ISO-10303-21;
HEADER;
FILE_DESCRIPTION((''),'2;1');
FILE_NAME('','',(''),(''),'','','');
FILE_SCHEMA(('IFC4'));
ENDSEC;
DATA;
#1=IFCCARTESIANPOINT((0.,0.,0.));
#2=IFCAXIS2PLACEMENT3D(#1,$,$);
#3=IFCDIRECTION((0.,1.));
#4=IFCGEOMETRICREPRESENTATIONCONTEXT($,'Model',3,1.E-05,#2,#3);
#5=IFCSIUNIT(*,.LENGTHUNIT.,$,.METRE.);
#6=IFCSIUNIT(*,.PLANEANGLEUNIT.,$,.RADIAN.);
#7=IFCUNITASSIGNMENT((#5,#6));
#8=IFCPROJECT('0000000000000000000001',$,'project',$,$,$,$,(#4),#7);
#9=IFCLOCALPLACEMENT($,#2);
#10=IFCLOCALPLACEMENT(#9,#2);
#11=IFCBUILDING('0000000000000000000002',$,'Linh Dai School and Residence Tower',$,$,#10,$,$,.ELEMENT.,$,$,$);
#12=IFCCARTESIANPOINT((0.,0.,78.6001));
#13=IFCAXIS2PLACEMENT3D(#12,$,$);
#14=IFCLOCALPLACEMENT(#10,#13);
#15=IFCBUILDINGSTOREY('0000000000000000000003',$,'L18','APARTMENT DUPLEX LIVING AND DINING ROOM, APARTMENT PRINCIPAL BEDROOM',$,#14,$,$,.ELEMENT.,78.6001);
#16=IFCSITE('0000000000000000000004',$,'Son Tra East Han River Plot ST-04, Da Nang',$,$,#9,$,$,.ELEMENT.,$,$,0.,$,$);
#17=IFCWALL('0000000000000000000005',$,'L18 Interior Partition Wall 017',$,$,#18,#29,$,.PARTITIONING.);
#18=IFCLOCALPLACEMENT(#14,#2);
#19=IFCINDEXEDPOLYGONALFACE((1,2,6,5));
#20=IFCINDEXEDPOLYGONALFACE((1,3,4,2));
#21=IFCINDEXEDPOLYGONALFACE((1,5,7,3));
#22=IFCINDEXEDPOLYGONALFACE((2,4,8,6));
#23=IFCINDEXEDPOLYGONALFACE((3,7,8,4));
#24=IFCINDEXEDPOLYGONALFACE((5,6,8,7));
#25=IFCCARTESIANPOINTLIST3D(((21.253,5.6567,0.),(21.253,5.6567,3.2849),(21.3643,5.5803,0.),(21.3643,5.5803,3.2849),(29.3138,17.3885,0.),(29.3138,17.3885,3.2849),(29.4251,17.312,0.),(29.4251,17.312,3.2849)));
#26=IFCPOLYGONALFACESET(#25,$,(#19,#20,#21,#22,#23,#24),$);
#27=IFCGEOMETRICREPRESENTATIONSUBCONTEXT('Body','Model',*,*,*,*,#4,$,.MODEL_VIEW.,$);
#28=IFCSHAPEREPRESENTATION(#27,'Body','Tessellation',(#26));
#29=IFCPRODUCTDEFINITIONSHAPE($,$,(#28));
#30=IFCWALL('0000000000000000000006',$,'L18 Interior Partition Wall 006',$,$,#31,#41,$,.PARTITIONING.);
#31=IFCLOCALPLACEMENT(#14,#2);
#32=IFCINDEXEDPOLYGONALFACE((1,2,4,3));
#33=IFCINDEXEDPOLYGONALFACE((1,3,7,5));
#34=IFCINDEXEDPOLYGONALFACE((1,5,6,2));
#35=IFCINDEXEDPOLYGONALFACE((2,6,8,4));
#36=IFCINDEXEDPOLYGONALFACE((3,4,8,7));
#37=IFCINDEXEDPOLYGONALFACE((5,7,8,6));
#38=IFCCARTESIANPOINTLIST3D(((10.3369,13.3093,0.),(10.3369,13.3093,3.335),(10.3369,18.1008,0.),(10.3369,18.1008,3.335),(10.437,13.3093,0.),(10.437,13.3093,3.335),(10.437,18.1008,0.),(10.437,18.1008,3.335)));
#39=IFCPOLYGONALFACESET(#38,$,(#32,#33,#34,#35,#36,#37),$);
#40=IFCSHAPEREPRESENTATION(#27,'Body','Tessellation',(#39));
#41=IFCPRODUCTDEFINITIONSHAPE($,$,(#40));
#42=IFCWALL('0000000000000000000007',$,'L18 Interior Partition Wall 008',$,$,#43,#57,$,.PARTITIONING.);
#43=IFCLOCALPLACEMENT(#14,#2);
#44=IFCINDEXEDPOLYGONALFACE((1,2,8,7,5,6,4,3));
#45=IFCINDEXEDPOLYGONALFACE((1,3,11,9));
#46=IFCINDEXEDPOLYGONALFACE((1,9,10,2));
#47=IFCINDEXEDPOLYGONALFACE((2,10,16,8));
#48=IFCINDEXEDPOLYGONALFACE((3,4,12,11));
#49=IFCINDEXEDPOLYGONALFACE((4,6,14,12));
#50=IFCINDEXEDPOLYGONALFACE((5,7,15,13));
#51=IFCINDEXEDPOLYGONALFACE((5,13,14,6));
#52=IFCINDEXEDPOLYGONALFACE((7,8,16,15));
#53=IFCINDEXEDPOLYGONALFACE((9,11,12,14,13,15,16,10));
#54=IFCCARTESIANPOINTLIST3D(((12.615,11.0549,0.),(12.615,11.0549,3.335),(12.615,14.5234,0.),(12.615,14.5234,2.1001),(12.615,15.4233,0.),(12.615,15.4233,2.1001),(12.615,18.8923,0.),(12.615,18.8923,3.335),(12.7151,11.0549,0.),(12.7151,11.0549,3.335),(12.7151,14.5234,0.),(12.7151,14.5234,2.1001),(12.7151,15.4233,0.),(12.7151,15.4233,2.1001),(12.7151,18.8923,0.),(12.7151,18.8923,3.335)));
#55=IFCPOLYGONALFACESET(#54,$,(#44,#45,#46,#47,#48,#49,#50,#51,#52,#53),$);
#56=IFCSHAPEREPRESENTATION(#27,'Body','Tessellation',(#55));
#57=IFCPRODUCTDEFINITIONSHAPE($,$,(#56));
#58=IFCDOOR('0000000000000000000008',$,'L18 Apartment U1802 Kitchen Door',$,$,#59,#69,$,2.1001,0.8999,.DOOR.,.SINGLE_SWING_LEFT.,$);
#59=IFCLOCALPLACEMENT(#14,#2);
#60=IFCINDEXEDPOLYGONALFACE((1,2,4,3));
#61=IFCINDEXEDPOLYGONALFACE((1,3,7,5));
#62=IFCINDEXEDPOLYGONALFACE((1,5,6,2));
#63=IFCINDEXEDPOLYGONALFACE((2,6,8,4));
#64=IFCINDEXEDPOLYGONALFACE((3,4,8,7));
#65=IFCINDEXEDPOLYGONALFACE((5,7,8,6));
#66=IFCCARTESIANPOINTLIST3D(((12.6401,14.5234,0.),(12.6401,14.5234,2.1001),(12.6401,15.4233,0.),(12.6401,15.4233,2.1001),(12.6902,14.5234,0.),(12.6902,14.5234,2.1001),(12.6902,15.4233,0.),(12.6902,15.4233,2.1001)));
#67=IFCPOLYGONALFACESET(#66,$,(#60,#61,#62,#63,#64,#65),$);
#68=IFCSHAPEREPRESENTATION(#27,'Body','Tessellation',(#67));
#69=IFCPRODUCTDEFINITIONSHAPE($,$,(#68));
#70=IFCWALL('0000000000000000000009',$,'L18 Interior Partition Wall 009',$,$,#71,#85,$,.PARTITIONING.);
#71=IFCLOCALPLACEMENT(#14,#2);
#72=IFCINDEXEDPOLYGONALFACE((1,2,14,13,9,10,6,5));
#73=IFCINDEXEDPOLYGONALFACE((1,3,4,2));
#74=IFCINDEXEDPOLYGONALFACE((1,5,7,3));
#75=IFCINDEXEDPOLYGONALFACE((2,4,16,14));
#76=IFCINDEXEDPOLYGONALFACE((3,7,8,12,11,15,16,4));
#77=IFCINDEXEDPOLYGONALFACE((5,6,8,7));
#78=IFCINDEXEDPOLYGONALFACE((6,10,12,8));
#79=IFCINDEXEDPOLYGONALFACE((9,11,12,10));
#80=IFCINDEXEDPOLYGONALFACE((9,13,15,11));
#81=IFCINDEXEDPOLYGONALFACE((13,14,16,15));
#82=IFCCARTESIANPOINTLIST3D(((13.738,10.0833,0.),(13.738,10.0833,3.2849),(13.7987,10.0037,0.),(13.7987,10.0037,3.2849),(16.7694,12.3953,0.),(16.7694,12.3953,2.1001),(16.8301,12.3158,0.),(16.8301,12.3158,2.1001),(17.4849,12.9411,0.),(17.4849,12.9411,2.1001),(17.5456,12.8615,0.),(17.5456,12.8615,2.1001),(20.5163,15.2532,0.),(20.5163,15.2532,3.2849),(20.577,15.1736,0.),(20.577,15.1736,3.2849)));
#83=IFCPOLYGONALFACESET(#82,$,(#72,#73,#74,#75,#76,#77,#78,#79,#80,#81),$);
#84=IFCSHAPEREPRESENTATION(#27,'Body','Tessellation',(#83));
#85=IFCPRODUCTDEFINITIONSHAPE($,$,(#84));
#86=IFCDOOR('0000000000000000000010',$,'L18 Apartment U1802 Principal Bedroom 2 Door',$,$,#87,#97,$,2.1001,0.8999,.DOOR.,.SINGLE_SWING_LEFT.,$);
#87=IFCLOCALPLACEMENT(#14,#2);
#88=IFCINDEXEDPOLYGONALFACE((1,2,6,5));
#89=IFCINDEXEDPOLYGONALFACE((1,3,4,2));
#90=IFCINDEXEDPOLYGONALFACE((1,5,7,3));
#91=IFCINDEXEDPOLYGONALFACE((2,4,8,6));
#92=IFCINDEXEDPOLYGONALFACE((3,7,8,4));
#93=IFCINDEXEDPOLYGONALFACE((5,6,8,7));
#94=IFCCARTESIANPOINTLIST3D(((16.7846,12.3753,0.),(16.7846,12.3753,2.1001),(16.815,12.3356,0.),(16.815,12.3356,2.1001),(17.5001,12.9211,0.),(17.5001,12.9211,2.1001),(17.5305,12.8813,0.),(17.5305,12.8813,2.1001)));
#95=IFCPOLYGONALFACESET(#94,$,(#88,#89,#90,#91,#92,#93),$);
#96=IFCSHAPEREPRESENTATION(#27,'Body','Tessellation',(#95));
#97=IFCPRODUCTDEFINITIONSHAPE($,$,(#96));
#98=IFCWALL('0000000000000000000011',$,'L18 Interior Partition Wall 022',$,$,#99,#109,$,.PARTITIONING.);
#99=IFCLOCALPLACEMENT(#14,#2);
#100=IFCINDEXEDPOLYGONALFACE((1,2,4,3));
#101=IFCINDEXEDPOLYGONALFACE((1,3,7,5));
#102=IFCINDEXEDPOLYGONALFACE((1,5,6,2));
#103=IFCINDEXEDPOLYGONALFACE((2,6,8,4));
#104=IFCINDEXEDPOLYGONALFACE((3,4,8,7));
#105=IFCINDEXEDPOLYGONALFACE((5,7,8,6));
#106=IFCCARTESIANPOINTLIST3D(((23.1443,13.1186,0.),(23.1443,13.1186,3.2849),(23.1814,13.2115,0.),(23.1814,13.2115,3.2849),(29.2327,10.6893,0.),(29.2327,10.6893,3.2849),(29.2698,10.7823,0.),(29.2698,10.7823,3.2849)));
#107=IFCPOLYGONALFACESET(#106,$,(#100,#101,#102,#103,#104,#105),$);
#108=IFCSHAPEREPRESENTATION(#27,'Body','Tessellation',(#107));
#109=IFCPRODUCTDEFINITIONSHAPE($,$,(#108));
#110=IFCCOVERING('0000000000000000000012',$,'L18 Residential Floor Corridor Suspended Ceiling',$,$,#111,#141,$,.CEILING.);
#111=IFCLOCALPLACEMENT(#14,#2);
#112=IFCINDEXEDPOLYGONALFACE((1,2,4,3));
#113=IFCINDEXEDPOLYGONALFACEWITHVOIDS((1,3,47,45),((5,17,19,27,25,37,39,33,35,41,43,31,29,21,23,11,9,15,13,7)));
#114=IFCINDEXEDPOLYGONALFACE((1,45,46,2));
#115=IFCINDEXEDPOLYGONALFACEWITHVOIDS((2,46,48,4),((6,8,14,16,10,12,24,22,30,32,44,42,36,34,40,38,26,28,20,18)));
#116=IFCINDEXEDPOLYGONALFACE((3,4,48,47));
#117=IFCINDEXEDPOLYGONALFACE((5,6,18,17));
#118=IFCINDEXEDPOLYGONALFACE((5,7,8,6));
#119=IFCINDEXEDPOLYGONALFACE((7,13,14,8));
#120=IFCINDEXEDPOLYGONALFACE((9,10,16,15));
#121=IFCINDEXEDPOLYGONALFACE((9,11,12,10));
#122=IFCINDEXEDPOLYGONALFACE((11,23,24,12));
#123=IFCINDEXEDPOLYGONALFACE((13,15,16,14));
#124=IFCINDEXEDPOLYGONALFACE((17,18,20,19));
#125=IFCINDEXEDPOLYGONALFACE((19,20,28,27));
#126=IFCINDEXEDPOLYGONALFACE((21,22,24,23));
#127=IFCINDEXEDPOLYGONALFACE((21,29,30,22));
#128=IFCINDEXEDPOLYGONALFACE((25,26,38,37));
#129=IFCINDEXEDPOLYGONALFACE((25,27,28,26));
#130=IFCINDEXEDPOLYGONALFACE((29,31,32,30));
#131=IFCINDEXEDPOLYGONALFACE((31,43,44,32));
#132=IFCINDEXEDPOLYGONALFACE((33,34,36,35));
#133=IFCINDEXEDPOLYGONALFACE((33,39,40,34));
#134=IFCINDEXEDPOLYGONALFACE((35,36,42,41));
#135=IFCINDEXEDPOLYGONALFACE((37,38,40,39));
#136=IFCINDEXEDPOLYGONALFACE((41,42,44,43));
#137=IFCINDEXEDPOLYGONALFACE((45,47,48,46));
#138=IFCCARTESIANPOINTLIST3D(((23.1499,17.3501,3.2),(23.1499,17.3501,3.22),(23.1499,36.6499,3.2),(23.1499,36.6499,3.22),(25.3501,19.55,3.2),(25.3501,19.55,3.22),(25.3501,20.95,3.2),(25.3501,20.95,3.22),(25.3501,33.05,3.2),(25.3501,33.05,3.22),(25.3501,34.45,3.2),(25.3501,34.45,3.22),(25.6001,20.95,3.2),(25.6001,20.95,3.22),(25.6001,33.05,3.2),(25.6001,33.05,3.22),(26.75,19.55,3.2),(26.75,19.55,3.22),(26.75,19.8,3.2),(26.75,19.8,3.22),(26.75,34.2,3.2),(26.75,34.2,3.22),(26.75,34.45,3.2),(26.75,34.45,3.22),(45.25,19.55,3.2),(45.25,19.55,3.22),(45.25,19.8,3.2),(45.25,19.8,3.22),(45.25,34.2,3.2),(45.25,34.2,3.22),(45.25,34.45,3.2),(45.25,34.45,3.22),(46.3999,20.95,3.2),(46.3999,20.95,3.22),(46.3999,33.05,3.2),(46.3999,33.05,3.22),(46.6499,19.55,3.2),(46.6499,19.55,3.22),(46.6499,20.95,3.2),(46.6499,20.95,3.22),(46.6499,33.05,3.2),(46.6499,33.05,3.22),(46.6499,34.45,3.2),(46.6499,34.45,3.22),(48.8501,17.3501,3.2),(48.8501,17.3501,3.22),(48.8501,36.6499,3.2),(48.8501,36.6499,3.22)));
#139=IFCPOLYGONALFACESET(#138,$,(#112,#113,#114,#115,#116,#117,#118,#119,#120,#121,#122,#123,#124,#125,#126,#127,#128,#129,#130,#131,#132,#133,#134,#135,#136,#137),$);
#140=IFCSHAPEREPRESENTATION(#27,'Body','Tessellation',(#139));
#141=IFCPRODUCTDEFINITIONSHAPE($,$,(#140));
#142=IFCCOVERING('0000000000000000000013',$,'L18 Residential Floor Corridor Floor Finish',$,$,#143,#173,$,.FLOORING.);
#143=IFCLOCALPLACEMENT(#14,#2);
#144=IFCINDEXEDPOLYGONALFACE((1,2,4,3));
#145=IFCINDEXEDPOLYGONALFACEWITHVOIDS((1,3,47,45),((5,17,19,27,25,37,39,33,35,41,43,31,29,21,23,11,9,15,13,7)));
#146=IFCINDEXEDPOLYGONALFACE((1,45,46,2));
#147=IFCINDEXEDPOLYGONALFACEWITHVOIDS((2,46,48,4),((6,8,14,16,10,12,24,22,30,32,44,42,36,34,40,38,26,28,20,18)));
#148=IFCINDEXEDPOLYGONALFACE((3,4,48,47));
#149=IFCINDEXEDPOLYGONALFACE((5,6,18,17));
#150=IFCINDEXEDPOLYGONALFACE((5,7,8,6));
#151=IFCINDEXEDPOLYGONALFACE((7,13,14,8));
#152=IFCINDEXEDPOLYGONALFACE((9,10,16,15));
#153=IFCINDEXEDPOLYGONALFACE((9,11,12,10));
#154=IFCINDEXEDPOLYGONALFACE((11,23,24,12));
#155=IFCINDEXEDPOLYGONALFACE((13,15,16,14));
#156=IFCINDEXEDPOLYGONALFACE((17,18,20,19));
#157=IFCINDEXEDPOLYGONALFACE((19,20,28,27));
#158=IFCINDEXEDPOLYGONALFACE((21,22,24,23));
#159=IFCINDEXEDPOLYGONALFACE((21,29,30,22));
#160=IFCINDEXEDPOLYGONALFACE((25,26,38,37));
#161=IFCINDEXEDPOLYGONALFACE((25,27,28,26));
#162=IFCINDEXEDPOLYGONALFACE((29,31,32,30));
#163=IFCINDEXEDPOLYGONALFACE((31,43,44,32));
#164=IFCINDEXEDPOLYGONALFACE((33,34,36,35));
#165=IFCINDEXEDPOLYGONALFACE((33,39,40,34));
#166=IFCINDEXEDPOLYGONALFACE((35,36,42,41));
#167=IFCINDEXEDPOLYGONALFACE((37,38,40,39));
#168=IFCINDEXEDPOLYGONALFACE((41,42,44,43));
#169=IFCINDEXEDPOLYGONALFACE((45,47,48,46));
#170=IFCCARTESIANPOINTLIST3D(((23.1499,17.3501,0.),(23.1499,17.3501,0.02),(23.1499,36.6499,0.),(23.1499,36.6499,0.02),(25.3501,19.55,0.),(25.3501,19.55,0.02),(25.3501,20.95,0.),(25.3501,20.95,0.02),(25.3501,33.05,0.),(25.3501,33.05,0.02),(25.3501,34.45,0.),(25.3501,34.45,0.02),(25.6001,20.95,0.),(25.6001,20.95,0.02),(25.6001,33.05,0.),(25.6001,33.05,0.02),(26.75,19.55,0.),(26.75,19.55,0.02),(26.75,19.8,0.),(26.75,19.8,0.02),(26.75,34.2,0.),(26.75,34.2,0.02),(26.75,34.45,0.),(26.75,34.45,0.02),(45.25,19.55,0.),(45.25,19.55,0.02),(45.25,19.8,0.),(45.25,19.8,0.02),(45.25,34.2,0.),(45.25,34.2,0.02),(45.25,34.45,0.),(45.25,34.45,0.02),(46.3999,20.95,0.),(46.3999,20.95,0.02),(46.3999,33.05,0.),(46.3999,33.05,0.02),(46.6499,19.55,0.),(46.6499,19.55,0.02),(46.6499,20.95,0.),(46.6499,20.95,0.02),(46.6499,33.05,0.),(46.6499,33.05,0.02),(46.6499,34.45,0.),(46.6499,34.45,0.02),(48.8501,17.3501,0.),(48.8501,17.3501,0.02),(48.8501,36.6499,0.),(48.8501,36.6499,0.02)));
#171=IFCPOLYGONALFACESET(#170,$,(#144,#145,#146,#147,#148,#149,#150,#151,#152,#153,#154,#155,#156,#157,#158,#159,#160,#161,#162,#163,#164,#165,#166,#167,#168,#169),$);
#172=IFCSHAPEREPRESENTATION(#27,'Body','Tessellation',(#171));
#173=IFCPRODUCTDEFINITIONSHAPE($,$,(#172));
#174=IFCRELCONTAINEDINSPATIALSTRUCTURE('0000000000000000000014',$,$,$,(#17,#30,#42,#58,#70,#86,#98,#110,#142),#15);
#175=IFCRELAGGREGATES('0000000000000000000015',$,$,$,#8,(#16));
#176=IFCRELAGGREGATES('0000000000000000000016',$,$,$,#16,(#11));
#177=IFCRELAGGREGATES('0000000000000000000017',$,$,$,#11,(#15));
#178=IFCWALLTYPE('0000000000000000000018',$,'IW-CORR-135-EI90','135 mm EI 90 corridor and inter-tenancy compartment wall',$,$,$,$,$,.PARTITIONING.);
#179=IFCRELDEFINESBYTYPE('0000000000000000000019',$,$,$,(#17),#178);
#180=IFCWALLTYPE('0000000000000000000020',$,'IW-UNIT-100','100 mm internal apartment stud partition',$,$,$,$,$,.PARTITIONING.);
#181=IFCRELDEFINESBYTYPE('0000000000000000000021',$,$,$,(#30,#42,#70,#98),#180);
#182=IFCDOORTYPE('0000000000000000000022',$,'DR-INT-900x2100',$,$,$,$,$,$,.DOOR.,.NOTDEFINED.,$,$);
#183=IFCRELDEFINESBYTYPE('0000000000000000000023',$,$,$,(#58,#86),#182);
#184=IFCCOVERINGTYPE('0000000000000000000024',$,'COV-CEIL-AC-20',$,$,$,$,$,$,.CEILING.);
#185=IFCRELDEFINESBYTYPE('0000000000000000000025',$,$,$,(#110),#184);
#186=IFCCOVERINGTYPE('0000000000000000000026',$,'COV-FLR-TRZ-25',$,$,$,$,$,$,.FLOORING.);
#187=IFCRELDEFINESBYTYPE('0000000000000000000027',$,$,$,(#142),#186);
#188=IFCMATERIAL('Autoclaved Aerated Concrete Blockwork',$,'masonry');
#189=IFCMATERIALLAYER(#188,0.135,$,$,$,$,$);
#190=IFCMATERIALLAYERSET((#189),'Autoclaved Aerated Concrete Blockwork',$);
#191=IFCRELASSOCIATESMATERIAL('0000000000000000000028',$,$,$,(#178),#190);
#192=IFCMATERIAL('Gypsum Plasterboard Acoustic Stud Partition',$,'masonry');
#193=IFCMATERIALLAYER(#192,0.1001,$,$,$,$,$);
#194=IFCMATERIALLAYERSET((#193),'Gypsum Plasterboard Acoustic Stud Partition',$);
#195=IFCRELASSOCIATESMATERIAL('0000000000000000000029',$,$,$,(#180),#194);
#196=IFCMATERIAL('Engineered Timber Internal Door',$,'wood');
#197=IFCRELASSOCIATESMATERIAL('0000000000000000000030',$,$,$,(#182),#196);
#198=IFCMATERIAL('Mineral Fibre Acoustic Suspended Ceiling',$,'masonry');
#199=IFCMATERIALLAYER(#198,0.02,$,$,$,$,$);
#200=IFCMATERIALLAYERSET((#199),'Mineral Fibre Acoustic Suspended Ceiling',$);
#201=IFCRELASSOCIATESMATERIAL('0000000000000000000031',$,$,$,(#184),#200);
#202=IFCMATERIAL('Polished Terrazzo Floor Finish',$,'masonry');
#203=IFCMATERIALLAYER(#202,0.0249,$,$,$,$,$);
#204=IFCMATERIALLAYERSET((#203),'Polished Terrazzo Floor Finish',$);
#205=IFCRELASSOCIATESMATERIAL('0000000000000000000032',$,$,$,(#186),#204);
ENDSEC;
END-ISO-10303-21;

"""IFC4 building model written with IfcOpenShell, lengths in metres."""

from ifc_helpers import new_model, si_unit, direction, frame, frame_2d, origin, origin_2d, place, context, subcontext, project, spatial, polyline, rectangle, outline, extrude, source, transform, mapped, material, layer, layer_set, type_object, element, fill, save


model = new_model("IFC4")

# Units and contexts
model_context = context("Model", 3, precision=1e-05, world=origin(), true_north=direction((0.0, 1.0)))
body_context = subcontext(model_context, "Body", "Model", "MODEL_VIEW")
ifc_project = project(units=[si_unit("LENGTHUNIT", "METRE"), si_unit("PLANEANGLEUNIT", "RADIAN")], contexts=[model_context])

# Site, building, storey
site_placement = place(None, origin())
site = spatial("IfcSite", under=ifc_project, at=site_placement, Name="Son Tra East Han River Plot ST-04, Da Nang", CompositionType="ELEMENT", RefElevation=0.0)
building_placement = place(site_placement, origin())
building = spatial("IfcBuilding", under=site, at=building_placement, Name="Linh Dai School and Residence Tower", CompositionType="ELEMENT")
storey_placement = place(building_placement, frame((0.0, 0.0, 78.6001)))
storey = spatial("IfcBuildingStorey", under=building, at=storey_placement, Name="L18", Description="APARTMENT DUPLEX LIVING AND DINING ROOM, APARTMENT PRINCIPAL BEDROOM", CompositionType="ELEMENT", Elevation=78.6001)

# Walls
ifc_material_1 = material(Name="Autoclaved Aerated Concrete Blockwork", Category="masonry")
ifc_layer_1 = layer(ifc_material_1, 0.135)
ifc_layer_set_1 = layer_set([ifc_layer_1], Name="Autoclaved Aerated Concrete Blockwork")
wall_type_1 = type_object("IfcWallType", Name="IW-CORR-135-EI90", Description="135 mm EI 90 corridor and inter-tenancy compartment wall", PredefinedType="PARTITIONING", material=ifc_layer_set_1)
wall_1_placement = place(storey_placement, frame((21.3086, 5.6184, 0.0), z_axis=(0.0, 0.0, 1.0), x_axis=(0.566302, 0.824198, 0.0)))
element("IfcWall", 1, at=wall_1_placement, inside=storey, type_object=wall_type_1, Name="L18 Interior Partition Wall 017", PredefinedType="PARTITIONING", context=body_context, shape_type="SweptSolid", body=[
    extrude(rectangle(XDim=14.2341, YDim=0.135, at=frame_2d((7.1172, 0.0))), origin(), (0.0, 0.0, 1.0), 3.2849),
])
ifc_material_2 = material(Name="Gypsum Plasterboard Acoustic Stud Partition", Category="masonry")
ifc_layer_2 = layer(ifc_material_2, 0.1001)
ifc_layer_set_2 = layer_set([ifc_layer_2], Name="Gypsum Plasterboard Acoustic Stud Partition")
wall_type_2 = type_object("IfcWallType", Name="IW-UNIT-100", Description="100 mm internal apartment stud partition", PredefinedType="PARTITIONING", material=ifc_layer_set_2)
wall_2_placement = place(storey_placement, frame((10.387, 13.3093, 0.0), z_axis=(0.0, 0.0, 1.0), x_axis=(0.0, 1.0, 0.0)))
element("IfcWall", 2, at=wall_2_placement, inside=storey, type_object=wall_type_2, Name="L18 Interior Partition Wall 006", PredefinedType="PARTITIONING", context=body_context, shape_type="SweptSolid", body=[
    extrude(rectangle(XDim=4.7915, YDim=0.1001, at=frame_2d((2.3958, 0.0))), origin(), (0.0, 0.0, 1.0), 3.335),
])

# Walls, openings, doors
wall_3_placement = place(storey_placement, frame((12.665, 11.0549, 0.0), z_axis=(0.0, 0.0, 1.0), x_axis=(0.0, 1.0, 0.0)))
wall_3 = element("IfcWall", 3, at=wall_3_placement, inside=storey, type_object=wall_type_2, Name="L18 Interior Partition Wall 008", PredefinedType="PARTITIONING", context=body_context, shape_type="SweptSolid", body=[
    extrude(rectangle(XDim=7.8374, YDim=0.1001, at=frame_2d((3.9187, 0.0))), origin(), (0.0, 0.0, 1.0), 3.335),
])
opening_1_placement = place(wall_3_placement, frame((3.4685, 0.0, 0.0)))
opening_1 = element("IfcOpeningElement", 4, at=opening_1_placement, cuts=wall_3, PredefinedType="OPENING", context=body_context, shape_type="SweptSolid", body=[
    extrude(rectangle(XDim=0.8999, YDim=2.1001, at=origin_2d()), frame((0.45, 0.0601, 1.05), z_axis=(0.0, -1.0, 0.0), x_axis=(1.0, 0.0, 0.0)), (0.0, 0.0, 1.0), 0.1201),
])
ifc_material_3 = material(Name="Engineered Timber Internal Door", Category="wood")
door_type = type_object("IfcDoorType", Name="DR-INT-900x2100", OperationType="NOTDEFINED", PredefinedType="DOOR", material=ifc_material_3)
shared_shape_1 = source(origin(), body_context, "Body", "SweptSolid", [
    extrude(rectangle(XDim=0.8999, YDim=2.1001, at=origin_2d()), frame((0.45, 0.0249, 1.05), z_axis=(0.0, -1.0, 0.0), x_axis=(1.0, 0.0, 0.0)), (0.0, 0.0, 1.0), 0.05),
])
door_1_placement = place(opening_1_placement, origin())
door_1 = element("IfcDoor", 5, at=door_1_placement, inside=storey, type_object=door_type, Name="L18 Apartment U1802 Kitchen Door", OperationType="SINGLE_SWING_LEFT", OverallHeight=2.1001, OverallWidth=0.8999, PredefinedType="DOOR", context=body_context, shape_type="MappedRepresentation", body=[
    mapped(shared_shape_1, transform((0.0, 0.0, 0.0), x_axis=(1.0, 0.0, 0.0), y_axis=(0.0, 1.0, 0.0), z_axis=(0.0, 0.0, 1.0), scale=1.0)),
])
fill(opening_1, door_1)
wall_4_placement = place(storey_placement, frame((13.7683, 10.0435, 0.0), z_axis=(0.0, 0.0, 1.0), x_axis=(0.795121, 0.60645, 0.0)))
wall_4 = element("IfcWall", 6, at=wall_4_placement, inside=storey, type_object=wall_type_2, Name="L18 Interior Partition Wall 009", PredefinedType="PARTITIONING", context=body_context, shape_type="SweptSolid", body=[
    extrude(rectangle(XDim=8.5249, YDim=0.1001, at=frame_2d((4.2625, 0.0))), origin(), (0.0, 0.0, 1.0), 3.2849),
])
opening_2_placement = place(wall_4_placement, frame((3.8125, 0.0, 0.0)))
opening_2 = element("IfcOpeningElement", 7, at=opening_2_placement, cuts=wall_4, PredefinedType="OPENING", context=body_context, shape_type="SweptSolid", body=[
    extrude(rectangle(XDim=0.8999, YDim=2.1001, at=origin_2d()), frame((0.45, 0.0601, 1.05), z_axis=(0.0, -1.0, 0.0), x_axis=(1.0, 0.0, 0.0)), (0.0, 0.0, 1.0), 0.1201),
])
door_2_placement = place(opening_2_placement, origin())
door_2 = element("IfcDoor", 8, at=door_2_placement, inside=storey, type_object=door_type, Name="L18 Apartment U1802 Principal Bedroom 2 Door", OperationType="SINGLE_SWING_LEFT", OverallHeight=2.1001, OverallWidth=0.8999, PredefinedType="DOOR", context=body_context, shape_type="MappedRepresentation", body=[
    mapped(shared_shape_1, transform((0.0, 0.0, 0.0), x_axis=(1.0, 0.0, 0.0), y_axis=(0.0, 1.0, 0.0), z_axis=(0.0, 0.0, 1.0), scale=1.0)),
])
fill(opening_2, door_2)

# Wall
wall_5_placement = place(storey_placement, frame((23.1628, 13.165, 0.0), z_axis=(0.0, 0.0, 1.0), x_axis=(0.9288, -0.370581, 0.0)))
element("IfcWall", 9, at=wall_5_placement, inside=storey, type_object=wall_type_2, Name="L18 Interior Partition Wall 022", PredefinedType="PARTITIONING", context=body_context, shape_type="SweptSolid", body=[
    extrude(rectangle(XDim=6.5552, YDim=0.1001, at=frame_2d((3.2776, 0.0))), origin(), (0.0, 0.0, 1.0), 3.2849),
])

# Coverings
ifc_material_4 = material(Name="Mineral Fibre Acoustic Suspended Ceiling", Category="masonry")
ifc_layer_3 = layer(ifc_material_4, 0.02)
ifc_layer_set_3 = layer_set([ifc_layer_3], Name="Mineral Fibre Acoustic Suspended Ceiling")
covering_type_1 = type_object("IfcCoveringType", Name="COV-CEIL-AC-20", PredefinedType="CEILING", material=ifc_layer_set_3)
covering_1_placement = place(storey_placement, frame((0.0, 0.0, 3.2)))
element("IfcCovering", 10, at=covering_1_placement, inside=storey, type_object=covering_type_1, Name="L18 Residential Floor Corridor Suspended Ceiling", PredefinedType="CEILING", context=body_context, shape_type="SweptSolid", body=[
    extrude(outline(polyline([(48.8501, 36.6499), (48.8501, 17.3501), (23.1499, 17.3501), (23.1499, 36.6499), (48.8501, 36.6499)]), holes=[polyline([(26.75, 34.2), (26.75, 34.45), (25.3501, 34.45), (25.3501, 33.05), (25.6001, 33.05), (25.6001, 20.95), (25.3501, 20.95), (25.3501, 19.55), (26.75, 19.55), (26.75, 19.8), (45.25, 19.8), (45.25, 19.55), (46.6499, 19.55), (46.6499, 20.95), (46.3999, 20.95), (46.3999, 33.05), (46.6499, 33.05), (46.6499, 34.45), (45.25, 34.45), (45.25, 34.2), (26.75, 34.2)])]), origin(), (0.0, 0.0, 1.0), 0.02),
])
ifc_material_5 = material(Name="Polished Terrazzo Floor Finish", Category="masonry")
ifc_layer_4 = layer(ifc_material_5, 0.0249)
ifc_layer_set_4 = layer_set([ifc_layer_4], Name="Polished Terrazzo Floor Finish")
covering_type_2 = type_object("IfcCoveringType", Name="COV-FLR-TRZ-25", PredefinedType="FLOORING", material=ifc_layer_set_4)
covering_2_placement = place(storey_placement, origin())
element("IfcCovering", 11, at=covering_2_placement, inside=storey, type_object=covering_type_2, Name="L18 Residential Floor Corridor Floor Finish", PredefinedType="FLOORING", context=body_context, shape_type="SweptSolid", body=[
    extrude(outline(polyline([(48.8501, 36.6499), (48.8501, 17.3501), (23.1499, 17.3501), (23.1499, 36.6499), (48.8501, 36.6499)]), holes=[polyline([(26.75, 34.2), (26.75, 34.45), (25.3501, 34.45), (25.3501, 33.05), (25.6001, 33.05), (25.6001, 20.95), (25.3501, 20.95), (25.3501, 19.55), (26.75, 19.55), (26.75, 19.8), (45.25, 19.8), (45.25, 19.55), (46.6499, 19.55), (46.6499, 20.95), (46.3999, 20.95), (46.3999, 33.05), (46.6499, 33.05), (46.6499, 34.45), (45.25, 34.45), (45.25, 34.2), (26.75, 34.2)])]), origin(), (0.0, 0.0, 1.0), 0.02),
])

save(model, "model.ifc")
